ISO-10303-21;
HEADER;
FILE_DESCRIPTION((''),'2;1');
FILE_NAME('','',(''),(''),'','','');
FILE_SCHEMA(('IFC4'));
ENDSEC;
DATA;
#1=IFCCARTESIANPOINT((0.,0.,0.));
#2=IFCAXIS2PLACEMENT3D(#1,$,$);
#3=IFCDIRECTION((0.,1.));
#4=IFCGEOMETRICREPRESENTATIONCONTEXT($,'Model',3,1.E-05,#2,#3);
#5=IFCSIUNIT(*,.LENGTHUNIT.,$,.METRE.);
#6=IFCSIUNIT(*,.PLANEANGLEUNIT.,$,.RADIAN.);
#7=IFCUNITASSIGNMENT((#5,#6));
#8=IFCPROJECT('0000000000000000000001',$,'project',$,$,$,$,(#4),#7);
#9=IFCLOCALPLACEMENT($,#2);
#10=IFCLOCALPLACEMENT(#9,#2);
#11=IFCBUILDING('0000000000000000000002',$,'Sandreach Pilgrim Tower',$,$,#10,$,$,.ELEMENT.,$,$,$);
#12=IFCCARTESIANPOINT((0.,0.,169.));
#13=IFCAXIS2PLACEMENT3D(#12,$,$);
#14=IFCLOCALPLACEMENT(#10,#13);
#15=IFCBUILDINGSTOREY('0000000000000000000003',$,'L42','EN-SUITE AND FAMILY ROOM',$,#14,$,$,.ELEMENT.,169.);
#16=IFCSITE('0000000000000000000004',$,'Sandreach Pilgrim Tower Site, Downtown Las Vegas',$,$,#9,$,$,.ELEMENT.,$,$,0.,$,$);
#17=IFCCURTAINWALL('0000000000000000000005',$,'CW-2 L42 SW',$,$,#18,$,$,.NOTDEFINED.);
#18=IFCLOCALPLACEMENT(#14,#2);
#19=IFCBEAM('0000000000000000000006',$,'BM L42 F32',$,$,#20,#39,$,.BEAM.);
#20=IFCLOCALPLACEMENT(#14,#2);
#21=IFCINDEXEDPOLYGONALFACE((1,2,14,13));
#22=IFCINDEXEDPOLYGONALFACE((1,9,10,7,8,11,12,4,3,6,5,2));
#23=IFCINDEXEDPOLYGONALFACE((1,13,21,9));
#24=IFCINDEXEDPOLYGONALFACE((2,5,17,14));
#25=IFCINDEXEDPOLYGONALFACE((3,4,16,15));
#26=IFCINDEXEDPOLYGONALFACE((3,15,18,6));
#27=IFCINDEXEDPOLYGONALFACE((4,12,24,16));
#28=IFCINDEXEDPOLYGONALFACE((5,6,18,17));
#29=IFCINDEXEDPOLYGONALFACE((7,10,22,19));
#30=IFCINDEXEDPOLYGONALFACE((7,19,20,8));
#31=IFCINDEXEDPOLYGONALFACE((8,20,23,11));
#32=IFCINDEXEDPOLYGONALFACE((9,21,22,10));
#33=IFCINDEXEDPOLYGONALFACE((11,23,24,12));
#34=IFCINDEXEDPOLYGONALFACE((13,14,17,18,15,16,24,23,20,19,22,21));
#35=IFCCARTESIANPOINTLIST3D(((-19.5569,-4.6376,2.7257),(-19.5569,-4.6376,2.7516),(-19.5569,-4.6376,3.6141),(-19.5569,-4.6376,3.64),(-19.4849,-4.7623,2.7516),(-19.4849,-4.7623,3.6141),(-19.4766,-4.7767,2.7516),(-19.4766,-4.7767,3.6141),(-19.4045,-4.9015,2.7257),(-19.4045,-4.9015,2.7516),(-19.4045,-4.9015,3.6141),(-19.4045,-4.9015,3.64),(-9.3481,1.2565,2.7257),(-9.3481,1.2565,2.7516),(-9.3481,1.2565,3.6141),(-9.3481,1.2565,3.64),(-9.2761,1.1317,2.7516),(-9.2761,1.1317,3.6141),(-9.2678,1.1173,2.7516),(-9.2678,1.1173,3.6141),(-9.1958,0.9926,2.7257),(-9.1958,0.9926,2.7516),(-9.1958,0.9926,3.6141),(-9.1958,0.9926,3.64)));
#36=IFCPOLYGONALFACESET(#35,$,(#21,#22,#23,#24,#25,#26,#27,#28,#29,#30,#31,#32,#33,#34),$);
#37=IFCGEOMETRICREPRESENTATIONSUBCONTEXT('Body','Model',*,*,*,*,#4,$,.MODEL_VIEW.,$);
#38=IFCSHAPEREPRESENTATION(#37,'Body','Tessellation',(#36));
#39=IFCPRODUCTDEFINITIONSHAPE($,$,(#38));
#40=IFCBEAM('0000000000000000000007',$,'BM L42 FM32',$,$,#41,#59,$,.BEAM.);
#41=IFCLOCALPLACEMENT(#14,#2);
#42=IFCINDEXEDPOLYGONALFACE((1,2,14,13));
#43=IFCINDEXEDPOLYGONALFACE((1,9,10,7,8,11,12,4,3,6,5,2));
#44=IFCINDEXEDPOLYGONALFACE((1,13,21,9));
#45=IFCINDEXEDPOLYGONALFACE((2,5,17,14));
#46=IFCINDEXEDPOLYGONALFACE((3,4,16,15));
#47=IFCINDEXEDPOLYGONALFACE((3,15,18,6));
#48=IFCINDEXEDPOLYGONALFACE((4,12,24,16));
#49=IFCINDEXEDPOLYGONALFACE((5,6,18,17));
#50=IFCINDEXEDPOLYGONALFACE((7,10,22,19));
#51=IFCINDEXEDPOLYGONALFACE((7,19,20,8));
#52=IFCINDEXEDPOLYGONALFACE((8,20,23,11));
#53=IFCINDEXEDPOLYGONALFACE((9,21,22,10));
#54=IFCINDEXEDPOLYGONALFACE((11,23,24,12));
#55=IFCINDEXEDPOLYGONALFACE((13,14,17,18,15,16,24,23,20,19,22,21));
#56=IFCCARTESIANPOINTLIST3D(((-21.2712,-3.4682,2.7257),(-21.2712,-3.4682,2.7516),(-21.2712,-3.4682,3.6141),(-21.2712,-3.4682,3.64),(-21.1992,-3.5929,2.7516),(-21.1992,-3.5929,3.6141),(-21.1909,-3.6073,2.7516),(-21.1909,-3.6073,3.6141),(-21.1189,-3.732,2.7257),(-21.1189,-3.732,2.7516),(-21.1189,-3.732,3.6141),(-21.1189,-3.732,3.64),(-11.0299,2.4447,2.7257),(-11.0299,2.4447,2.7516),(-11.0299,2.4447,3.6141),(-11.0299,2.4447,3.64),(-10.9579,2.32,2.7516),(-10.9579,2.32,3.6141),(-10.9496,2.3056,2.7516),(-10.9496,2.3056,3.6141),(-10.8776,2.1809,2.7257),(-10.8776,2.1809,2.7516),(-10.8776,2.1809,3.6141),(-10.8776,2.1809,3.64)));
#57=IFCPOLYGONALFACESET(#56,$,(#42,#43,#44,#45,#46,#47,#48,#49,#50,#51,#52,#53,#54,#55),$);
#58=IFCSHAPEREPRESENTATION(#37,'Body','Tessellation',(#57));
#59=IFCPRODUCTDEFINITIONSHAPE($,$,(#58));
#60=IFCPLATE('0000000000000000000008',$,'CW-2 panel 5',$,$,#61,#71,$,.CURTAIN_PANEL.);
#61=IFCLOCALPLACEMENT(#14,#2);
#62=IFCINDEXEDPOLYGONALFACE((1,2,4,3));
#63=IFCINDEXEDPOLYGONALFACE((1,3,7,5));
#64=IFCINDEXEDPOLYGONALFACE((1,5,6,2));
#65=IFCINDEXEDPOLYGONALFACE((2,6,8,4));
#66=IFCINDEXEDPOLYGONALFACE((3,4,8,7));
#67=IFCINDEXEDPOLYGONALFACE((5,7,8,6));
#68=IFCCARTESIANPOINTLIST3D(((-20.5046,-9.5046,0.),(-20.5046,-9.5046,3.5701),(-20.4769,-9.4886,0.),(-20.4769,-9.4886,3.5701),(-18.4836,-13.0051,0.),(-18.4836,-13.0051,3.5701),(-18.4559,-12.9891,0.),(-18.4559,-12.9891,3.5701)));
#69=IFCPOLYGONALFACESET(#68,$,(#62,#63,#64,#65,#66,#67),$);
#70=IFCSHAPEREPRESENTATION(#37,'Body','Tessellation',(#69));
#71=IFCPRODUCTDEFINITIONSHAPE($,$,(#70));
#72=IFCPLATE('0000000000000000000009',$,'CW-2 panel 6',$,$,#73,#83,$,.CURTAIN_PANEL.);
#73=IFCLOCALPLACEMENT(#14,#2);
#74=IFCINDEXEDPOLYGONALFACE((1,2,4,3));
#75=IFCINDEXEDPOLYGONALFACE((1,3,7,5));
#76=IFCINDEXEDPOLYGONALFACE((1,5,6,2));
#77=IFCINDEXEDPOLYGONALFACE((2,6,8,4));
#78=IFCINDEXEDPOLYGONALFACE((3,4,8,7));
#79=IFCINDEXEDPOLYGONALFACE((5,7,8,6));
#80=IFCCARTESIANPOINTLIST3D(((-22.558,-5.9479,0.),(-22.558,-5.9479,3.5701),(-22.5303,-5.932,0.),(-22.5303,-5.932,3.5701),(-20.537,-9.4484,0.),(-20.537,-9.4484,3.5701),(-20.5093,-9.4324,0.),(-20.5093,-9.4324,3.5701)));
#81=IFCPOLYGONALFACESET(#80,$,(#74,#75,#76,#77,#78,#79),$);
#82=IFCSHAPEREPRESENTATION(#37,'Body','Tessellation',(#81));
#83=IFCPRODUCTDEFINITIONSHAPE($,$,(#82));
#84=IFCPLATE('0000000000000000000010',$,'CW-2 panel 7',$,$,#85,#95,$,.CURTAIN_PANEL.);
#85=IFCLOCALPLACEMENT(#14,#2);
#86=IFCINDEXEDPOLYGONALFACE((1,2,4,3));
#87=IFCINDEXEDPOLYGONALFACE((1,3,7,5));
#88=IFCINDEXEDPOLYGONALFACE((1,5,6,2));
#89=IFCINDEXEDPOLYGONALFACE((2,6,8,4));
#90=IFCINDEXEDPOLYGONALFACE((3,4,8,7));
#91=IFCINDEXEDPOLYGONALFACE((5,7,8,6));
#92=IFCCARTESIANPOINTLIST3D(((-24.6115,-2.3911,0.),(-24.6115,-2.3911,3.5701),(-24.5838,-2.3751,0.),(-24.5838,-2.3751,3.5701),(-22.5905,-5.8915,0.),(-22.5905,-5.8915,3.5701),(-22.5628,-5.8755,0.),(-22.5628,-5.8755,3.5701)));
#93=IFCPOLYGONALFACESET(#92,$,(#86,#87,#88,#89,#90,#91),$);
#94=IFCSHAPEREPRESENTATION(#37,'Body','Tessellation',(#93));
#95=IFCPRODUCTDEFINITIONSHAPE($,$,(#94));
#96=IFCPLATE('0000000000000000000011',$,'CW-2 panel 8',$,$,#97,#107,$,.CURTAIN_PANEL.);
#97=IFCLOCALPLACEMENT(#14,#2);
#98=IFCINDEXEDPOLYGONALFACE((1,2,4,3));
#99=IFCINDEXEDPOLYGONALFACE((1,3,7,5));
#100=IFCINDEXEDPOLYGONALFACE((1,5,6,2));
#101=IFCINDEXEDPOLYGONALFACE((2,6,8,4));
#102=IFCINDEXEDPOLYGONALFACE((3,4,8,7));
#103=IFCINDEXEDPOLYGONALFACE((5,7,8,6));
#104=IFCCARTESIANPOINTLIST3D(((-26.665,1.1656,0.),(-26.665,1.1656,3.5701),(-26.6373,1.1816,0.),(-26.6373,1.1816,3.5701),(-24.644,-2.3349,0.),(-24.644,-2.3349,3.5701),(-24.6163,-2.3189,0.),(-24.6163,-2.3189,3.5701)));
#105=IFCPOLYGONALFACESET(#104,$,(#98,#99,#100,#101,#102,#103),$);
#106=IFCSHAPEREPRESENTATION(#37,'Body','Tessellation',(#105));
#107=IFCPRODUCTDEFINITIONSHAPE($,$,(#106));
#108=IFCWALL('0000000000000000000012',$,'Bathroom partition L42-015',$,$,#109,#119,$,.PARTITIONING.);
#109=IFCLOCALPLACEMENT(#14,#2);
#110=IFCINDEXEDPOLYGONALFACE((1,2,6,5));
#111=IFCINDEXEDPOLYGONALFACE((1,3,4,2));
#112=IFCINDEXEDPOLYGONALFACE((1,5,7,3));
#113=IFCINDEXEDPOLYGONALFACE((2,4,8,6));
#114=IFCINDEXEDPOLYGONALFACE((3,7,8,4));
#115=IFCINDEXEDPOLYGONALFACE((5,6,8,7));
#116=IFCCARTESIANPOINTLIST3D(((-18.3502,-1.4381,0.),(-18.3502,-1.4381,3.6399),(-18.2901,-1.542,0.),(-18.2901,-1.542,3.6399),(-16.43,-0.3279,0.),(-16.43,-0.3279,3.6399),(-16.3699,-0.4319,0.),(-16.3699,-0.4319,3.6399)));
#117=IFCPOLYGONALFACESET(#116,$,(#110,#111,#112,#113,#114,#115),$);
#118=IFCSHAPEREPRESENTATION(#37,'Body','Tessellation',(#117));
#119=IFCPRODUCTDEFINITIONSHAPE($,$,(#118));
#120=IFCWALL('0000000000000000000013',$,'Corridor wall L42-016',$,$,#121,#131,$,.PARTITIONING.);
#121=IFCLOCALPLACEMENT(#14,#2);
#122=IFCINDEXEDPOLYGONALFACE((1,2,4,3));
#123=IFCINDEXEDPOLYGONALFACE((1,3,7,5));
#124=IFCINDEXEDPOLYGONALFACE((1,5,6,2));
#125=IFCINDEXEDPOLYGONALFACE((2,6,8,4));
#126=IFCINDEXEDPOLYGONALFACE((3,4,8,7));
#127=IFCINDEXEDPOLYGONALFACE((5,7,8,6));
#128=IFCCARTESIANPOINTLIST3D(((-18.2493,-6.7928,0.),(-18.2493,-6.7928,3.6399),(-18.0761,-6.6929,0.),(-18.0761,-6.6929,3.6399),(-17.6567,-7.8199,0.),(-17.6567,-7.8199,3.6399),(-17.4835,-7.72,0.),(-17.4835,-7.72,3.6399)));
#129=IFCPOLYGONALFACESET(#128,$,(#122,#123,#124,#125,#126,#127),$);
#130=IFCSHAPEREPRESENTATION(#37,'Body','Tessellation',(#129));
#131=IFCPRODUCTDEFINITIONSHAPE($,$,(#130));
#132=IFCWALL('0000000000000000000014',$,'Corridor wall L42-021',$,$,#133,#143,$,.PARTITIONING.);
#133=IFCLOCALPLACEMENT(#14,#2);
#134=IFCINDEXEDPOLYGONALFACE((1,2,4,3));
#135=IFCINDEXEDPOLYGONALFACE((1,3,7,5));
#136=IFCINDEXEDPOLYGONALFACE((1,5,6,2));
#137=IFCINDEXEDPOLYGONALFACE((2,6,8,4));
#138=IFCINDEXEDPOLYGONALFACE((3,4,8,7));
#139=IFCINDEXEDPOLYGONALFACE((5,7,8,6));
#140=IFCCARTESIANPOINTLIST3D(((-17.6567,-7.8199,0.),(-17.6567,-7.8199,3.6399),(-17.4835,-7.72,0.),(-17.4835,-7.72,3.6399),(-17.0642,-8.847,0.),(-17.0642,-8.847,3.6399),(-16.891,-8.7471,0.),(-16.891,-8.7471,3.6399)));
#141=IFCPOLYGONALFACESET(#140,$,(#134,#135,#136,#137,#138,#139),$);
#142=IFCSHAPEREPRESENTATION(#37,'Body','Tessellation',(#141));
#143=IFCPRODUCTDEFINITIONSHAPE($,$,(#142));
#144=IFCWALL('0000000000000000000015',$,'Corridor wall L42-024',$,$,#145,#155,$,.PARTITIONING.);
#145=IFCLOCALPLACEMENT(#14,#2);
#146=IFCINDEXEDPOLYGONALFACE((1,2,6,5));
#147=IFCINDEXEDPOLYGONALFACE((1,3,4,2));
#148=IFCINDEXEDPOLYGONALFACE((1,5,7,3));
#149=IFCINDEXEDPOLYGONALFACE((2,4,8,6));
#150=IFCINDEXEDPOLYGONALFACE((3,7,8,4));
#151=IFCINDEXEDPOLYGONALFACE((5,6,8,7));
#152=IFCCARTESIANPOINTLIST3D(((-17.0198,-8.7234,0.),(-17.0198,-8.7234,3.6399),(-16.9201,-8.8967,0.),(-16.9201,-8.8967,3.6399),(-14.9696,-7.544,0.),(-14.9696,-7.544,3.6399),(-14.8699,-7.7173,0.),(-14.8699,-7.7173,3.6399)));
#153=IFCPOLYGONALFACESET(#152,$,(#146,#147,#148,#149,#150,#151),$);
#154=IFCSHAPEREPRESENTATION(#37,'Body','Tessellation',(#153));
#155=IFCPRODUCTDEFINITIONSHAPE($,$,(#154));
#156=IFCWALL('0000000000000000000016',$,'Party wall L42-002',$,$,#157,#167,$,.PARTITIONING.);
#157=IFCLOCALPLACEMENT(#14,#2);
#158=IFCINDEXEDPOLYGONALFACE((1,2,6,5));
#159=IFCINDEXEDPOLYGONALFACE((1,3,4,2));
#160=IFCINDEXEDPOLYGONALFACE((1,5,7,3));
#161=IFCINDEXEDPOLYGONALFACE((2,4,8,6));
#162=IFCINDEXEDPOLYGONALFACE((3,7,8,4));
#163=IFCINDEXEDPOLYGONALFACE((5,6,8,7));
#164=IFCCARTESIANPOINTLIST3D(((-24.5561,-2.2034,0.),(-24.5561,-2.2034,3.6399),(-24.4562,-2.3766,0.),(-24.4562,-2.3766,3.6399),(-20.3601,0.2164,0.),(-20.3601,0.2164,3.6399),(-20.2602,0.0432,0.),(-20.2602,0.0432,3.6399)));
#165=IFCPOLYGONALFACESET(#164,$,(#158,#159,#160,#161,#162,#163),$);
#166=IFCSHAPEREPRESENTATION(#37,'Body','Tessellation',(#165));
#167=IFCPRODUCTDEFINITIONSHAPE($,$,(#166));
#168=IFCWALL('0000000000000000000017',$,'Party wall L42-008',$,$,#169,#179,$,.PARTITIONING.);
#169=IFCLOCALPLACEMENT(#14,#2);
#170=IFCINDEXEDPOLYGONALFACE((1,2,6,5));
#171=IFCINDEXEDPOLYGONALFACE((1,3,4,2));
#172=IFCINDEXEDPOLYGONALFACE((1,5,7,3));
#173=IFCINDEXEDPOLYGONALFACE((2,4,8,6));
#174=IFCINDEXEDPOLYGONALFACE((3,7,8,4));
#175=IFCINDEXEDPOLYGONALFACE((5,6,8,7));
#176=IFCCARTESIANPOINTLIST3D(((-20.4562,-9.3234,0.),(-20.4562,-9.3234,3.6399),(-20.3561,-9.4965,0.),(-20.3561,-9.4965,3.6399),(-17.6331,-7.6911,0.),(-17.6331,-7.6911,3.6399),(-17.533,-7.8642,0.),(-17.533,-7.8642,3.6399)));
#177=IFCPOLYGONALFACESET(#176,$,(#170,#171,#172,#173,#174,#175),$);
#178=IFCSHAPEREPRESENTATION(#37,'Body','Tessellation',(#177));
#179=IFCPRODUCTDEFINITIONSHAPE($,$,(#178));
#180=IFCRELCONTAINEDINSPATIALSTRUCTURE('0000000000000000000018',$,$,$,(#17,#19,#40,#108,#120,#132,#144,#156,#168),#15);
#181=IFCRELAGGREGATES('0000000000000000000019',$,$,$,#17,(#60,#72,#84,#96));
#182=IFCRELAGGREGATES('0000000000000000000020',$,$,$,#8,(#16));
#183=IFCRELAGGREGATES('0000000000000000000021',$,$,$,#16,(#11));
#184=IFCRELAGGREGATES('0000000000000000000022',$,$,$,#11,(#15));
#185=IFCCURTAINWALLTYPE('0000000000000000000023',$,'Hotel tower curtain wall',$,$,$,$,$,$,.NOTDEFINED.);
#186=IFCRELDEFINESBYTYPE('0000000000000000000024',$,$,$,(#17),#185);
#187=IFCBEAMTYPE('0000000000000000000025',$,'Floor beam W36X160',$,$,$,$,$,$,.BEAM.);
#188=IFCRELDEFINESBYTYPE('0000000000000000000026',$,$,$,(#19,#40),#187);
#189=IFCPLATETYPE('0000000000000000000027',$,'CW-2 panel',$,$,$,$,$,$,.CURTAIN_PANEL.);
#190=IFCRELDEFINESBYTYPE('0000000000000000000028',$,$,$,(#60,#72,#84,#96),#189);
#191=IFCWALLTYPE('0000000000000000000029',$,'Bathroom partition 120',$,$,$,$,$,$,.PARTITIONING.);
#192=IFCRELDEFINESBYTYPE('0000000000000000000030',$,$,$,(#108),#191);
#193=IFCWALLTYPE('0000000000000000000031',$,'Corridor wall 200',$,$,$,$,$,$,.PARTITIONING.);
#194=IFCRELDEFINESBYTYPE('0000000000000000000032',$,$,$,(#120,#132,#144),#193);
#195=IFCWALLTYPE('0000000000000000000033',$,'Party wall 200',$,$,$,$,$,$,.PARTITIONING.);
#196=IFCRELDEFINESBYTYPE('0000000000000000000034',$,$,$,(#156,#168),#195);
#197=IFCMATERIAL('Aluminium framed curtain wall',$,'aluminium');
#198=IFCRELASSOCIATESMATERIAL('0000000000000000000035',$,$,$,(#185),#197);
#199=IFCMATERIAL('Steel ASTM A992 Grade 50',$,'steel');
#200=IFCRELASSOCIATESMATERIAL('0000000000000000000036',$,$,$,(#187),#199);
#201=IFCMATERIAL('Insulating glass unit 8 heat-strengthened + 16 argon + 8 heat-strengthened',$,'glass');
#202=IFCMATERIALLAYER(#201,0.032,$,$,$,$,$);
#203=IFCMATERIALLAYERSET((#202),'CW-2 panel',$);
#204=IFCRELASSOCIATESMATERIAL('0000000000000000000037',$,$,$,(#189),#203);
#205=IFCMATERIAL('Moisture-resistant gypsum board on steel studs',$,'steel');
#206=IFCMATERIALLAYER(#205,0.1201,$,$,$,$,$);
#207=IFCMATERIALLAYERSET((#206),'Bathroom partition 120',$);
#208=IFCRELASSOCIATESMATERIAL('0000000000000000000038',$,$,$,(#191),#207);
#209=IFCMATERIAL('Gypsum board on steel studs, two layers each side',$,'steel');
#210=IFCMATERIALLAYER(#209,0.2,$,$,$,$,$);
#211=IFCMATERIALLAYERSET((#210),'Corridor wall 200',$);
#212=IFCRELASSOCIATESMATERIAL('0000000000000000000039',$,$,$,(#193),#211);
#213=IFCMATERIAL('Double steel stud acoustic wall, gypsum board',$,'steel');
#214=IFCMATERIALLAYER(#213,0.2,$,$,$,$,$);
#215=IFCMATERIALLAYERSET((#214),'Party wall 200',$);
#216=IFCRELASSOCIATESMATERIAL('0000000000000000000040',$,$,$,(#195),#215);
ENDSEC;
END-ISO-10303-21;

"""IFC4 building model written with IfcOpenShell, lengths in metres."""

from ifc_helpers import new_model, si_unit, direction, frame, frame_2d, origin, origin_2d, place, context, subcontext, project, spatial, rectangle, i_section, extrude, material, layer, layer_set, material_profile, profile_set, type_object, element, aggregate, save


model = new_model("IFC4")

# Units and contexts
model_context = context("Model", 3, precision=1e-05, world=origin(), true_north=direction((0.0, 1.0)))
body_context = subcontext(model_context, "Body", "Model", "MODEL_VIEW")
ifc_project = project(units=[si_unit("LENGTHUNIT", "METRE"), si_unit("PLANEANGLEUNIT", "RADIAN")], contexts=[model_context])

# Site, building, storey
site_placement = place(None, origin())
site = spatial("IfcSite", under=ifc_project, at=site_placement, Name="Sandreach Pilgrim Tower Site, Downtown Las Vegas", CompositionType="ELEMENT", RefElevation=0.0)
building_placement = place(site_placement, origin())
building = spatial("IfcBuilding", under=site, at=building_placement, Name="Sandreach Pilgrim Tower", CompositionType="ELEMENT")
storey_placement = place(building_placement, frame((0.0, 0.0, 169.0)))
storey = spatial("IfcBuildingStorey", under=building, at=storey_placement, Name="L42", Description="EN-SUITE AND FAMILY ROOM", CompositionType="ELEMENT", Elevation=169.0)

# Curtain wall
ifc_material_1 = material(Name="Aluminium framed curtain wall", Category="aluminium")
curtain_wall_type = type_object("IfcCurtainWallType", Name="Hotel tower curtain wall", PredefinedType="NOTDEFINED", material=ifc_material_1)
curtain_wall_placement = place(storey_placement, origin())
curtain_wall = element("IfcCurtainWall", 1, at=curtain_wall_placement, inside=storey, type_object=curtain_wall_type, Name="CW-2 L42 SW", PredefinedType="NOTDEFINED")

# Beams
ifc_material_2 = material(Name="Steel ASTM A992 Grade 50", Category="steel")
ifc_material_profile_1 = material_profile(ifc_material_2, i_section(OverallWidth=0.3047, OverallDepth=0.9143, WebThickness=0.0166, FlangeThickness=0.0259, at=origin_2d()), Name="W36X160")
ifc_profile_set_1 = profile_set([ifc_material_profile_1], Name="Steel ASTM A992 Grade 50")
beam_type_1 = type_object("IfcBeamType", Name="Floor beam W36X160", PredefinedType="BEAM", material=ifc_profile_set_1)
beam_1_placement = place(storey_placement, frame((-19.4807, -4.7695, 3.1829), z_axis=(0.866025, 0.500002, 0.0), x_axis=(-0.500002, 0.866025, 0.0)))
element("IfcBeam", 2, at=beam_1_placement, inside=storey, type_object=beam_type_1, Name="BM L42 F32", PredefinedType="BEAM", context=body_context, shape_type="SweptSolid", body=[
    extrude(i_section(OverallWidth=0.3047, OverallDepth=0.9143, WebThickness=0.0166, FlangeThickness=0.0259, at=origin_2d()), origin(), (0.0, 0.0, 1.0), 11.7881),
])
beam_2_placement = place(storey_placement, frame((-21.1951, -3.6001, 3.1829), z_axis=(0.866023, 0.500005, 0.0), x_axis=(-0.500005, 0.866023, 0.0)))
element("IfcBeam", 3, at=beam_2_placement, inside=storey, type_object=beam_type_1, Name="BM L42 FM32", PredefinedType="BEAM", context=body_context, shape_type="SweptSolid", body=[
    extrude(i_section(OverallWidth=0.3047, OverallDepth=0.9143, WebThickness=0.0166, FlangeThickness=0.0259, at=origin_2d()), origin(), (0.0, 0.0, 1.0), 11.8257),
])

# Plates
ifc_material_3 = material(Name="Insulating glass unit 8 heat-strengthened + 16 argon + 8 heat-strengthened", Category="glass")
ifc_layer_1 = layer(ifc_material_3, 0.032)
ifc_layer_set_1 = layer_set([ifc_layer_1], Name="CW-2 panel")
plate_type = type_object("IfcPlateType", Name="CW-2 panel", PredefinedType="CURTAIN_PANEL", material=ifc_layer_set_1)
plate_1_placement = place(storey_placement, frame((-19.4802, -11.2468, 0.0), z_axis=(0.0, 0.0, 1.0), x_axis=(-0.5, 0.866025, 0.0)))
plate_1 = element("IfcPlate", 4, at=plate_1_placement, type_object=plate_type, Name="CW-2 panel 5", PredefinedType="CURTAIN_PANEL", context=body_context, shape_type="SweptSolid", body=[
    extrude(rectangle(XDim=4.042, YDim=0.032, at=origin_2d()), origin(), (0.0, 0.0, 1.0), 3.5701),
])
plate_2_placement = place(storey_placement, frame((-21.5337, -7.6902, 0.0), z_axis=(0.0, 0.0, 1.0), x_axis=(-0.5, 0.866025, 0.0)))
plate_2 = element("IfcPlate", 5, at=plate_2_placement, type_object=plate_type, Name="CW-2 panel 6", PredefinedType="CURTAIN_PANEL", context=body_context, shape_type="SweptSolid", body=[
    extrude(rectangle(XDim=4.042, YDim=0.032, at=origin_2d()), origin(), (0.0, 0.0, 1.0), 3.5701),
])
plate_3_placement = place(storey_placement, frame((-23.5872, -4.1333, 0.0), z_axis=(0.0, 0.0, 1.0), x_axis=(-0.5, 0.866025, 0.0)))
plate_3 = element("IfcPlate", 6, at=plate_3_placement, type_object=plate_type, Name="CW-2 panel 7", PredefinedType="CURTAIN_PANEL", context=body_context, shape_type="SweptSolid", body=[
    extrude(rectangle(XDim=4.042, YDim=0.032, at=origin_2d()), origin(), (0.0, 0.0, 1.0), 3.5701),
])
plate_4_placement = place(storey_placement, frame((-25.6406, -0.5767, 0.0), z_axis=(0.0, 0.0, 1.0), x_axis=(-0.5, 0.866025, 0.0)))
plate_4 = element("IfcPlate", 7, at=plate_4_placement, type_object=plate_type, Name="CW-2 panel 8", PredefinedType="CURTAIN_PANEL", context=body_context, shape_type="SweptSolid", body=[
    extrude(rectangle(XDim=4.042, YDim=0.032, at=origin_2d()), origin(), (0.0, 0.0, 1.0), 3.5701),
])
aggregate(curtain_wall, [plate_1, plate_2, plate_3, plate_4])

# Walls
ifc_material_4 = material(Name="Moisture-resistant gypsum board on steel studs", Category="steel")
ifc_layer_2 = layer(ifc_material_4, 0.1201)
ifc_layer_set_2 = layer_set([ifc_layer_2], Name="Bathroom partition 120")
wall_type_1 = type_object("IfcWallType", Name="Bathroom partition 120", PredefinedType="PARTITIONING", material=ifc_layer_set_2)
wall_1_placement = place(storey_placement, frame((-18.3201, -1.49, 0.0), z_axis=(0.0, 0.0, 1.0), x_axis=(0.865733, 0.500507, 0.0)))
element("IfcWall", 8, at=wall_1_placement, inside=storey, type_object=wall_type_1, Name="Bathroom partition L42-015", PredefinedType="PARTITIONING", context=body_context, shape_type="SweptSolid", body=[
    extrude(rectangle(XDim=2.218, YDim=0.1201, at=frame_2d((1.1089, 0.0))), origin(), (0.0, 0.0, 1.0), 3.6399),
])
ifc_material_5 = material(Name="Gypsum board on steel studs, two layers each side", Category="steel")
ifc_layer_3 = layer(ifc_material_5, 0.2)
ifc_layer_set_3 = layer_set([ifc_layer_3], Name="Corridor wall 200")
wall_type_2 = type_object("IfcWallType", Name="Corridor wall 200", PredefinedType="PARTITIONING", material=ifc_layer_set_3)
for number, where, z_axis, x_axis, name in (
    (9, (-18.1626, -6.7429, 0.0), (0.0, 0.0, 1.0), (0.499705, -0.866196, 0.0), "Corridor wall L42-016"),
    (10, (-17.5701, -7.77, 0.0), (0.0, 0.0, 1.0), (0.499705, -0.866196, 0.0), "Corridor wall L42-021"),
):
    element("IfcWall", number, at=place(storey_placement, frame(where, z_axis=z_axis, x_axis=x_axis)), inside=storey, type_object=wall_type_2, Name=name, PredefinedType="PARTITIONING", context=body_context, shape_type="SweptSolid", body=[
        extrude(rectangle(XDim=1.1858, YDim=0.2, at=frame_2d((0.5928, 0.0))), origin(), (0.0, 0.0, 1.0), 3.6399),
    ])
wall_2_placement = place(storey_placement, frame((-16.97, -8.8101, 0.0), z_axis=(0.0, 0.0, 1.0), x_axis=(0.86681, 0.498638, 0.0)))
element("IfcWall", 11, at=wall_2_placement, inside=storey, type_object=wall_type_2, Name="Corridor wall L42-024", PredefinedType="PARTITIONING", context=body_context, shape_type="SweptSolid", body=[
    extrude(rectangle(XDim=2.3652, YDim=0.2, at=frame_2d((1.1826, 0.0))), origin(), (0.0, 0.0, 1.0), 3.6399),
])
ifc_material_6 = material(Name="Double steel stud acoustic wall, gypsum board", Category="steel")
ifc_layer_4 = layer(ifc_material_6, 0.2)
ifc_layer_set_4 = layer_set([ifc_layer_4], Name="Party wall 200")
wall_type_3 = type_object("IfcWallType", Name="Party wall 200", PredefinedType="PARTITIONING", material=ifc_layer_set_4)
wall_3_placement = place(storey_placement, frame((-24.5061, -2.29, 0.0), z_axis=(0.0, 0.0, 1.0), x_axis=(0.866264, 0.499587, 0.0)))
element("IfcWall", 12, at=wall_3_placement, inside=storey, type_object=wall_type_3, Name="Party wall L42-002", PredefinedType="PARTITIONING", context=body_context, shape_type="SweptSolid", body=[
    extrude(rectangle(XDim=4.8438, YDim=0.2, at=frame_2d((2.4219, 0.0))), origin(), (0.0, 0.0, 1.0), 3.6399),
])
wall_4_placement = place(storey_placement, frame((-20.406, -9.4099, 0.0), z_axis=(0.0, 0.0, 1.0), x_axis=(0.865698, 0.500567, 0.0)))
element("IfcWall", 13, at=wall_4_placement, inside=storey, type_object=wall_type_3, Name="Party wall L42-008", PredefinedType="PARTITIONING", context=body_context, shape_type="SweptSolid", body=[
    extrude(rectangle(XDim=3.261, YDim=0.2, at=frame_2d((1.6304, 0.0))), origin(), (0.0, 0.0, 1.0), 3.6399),
])

save(model, "model.ifc")
